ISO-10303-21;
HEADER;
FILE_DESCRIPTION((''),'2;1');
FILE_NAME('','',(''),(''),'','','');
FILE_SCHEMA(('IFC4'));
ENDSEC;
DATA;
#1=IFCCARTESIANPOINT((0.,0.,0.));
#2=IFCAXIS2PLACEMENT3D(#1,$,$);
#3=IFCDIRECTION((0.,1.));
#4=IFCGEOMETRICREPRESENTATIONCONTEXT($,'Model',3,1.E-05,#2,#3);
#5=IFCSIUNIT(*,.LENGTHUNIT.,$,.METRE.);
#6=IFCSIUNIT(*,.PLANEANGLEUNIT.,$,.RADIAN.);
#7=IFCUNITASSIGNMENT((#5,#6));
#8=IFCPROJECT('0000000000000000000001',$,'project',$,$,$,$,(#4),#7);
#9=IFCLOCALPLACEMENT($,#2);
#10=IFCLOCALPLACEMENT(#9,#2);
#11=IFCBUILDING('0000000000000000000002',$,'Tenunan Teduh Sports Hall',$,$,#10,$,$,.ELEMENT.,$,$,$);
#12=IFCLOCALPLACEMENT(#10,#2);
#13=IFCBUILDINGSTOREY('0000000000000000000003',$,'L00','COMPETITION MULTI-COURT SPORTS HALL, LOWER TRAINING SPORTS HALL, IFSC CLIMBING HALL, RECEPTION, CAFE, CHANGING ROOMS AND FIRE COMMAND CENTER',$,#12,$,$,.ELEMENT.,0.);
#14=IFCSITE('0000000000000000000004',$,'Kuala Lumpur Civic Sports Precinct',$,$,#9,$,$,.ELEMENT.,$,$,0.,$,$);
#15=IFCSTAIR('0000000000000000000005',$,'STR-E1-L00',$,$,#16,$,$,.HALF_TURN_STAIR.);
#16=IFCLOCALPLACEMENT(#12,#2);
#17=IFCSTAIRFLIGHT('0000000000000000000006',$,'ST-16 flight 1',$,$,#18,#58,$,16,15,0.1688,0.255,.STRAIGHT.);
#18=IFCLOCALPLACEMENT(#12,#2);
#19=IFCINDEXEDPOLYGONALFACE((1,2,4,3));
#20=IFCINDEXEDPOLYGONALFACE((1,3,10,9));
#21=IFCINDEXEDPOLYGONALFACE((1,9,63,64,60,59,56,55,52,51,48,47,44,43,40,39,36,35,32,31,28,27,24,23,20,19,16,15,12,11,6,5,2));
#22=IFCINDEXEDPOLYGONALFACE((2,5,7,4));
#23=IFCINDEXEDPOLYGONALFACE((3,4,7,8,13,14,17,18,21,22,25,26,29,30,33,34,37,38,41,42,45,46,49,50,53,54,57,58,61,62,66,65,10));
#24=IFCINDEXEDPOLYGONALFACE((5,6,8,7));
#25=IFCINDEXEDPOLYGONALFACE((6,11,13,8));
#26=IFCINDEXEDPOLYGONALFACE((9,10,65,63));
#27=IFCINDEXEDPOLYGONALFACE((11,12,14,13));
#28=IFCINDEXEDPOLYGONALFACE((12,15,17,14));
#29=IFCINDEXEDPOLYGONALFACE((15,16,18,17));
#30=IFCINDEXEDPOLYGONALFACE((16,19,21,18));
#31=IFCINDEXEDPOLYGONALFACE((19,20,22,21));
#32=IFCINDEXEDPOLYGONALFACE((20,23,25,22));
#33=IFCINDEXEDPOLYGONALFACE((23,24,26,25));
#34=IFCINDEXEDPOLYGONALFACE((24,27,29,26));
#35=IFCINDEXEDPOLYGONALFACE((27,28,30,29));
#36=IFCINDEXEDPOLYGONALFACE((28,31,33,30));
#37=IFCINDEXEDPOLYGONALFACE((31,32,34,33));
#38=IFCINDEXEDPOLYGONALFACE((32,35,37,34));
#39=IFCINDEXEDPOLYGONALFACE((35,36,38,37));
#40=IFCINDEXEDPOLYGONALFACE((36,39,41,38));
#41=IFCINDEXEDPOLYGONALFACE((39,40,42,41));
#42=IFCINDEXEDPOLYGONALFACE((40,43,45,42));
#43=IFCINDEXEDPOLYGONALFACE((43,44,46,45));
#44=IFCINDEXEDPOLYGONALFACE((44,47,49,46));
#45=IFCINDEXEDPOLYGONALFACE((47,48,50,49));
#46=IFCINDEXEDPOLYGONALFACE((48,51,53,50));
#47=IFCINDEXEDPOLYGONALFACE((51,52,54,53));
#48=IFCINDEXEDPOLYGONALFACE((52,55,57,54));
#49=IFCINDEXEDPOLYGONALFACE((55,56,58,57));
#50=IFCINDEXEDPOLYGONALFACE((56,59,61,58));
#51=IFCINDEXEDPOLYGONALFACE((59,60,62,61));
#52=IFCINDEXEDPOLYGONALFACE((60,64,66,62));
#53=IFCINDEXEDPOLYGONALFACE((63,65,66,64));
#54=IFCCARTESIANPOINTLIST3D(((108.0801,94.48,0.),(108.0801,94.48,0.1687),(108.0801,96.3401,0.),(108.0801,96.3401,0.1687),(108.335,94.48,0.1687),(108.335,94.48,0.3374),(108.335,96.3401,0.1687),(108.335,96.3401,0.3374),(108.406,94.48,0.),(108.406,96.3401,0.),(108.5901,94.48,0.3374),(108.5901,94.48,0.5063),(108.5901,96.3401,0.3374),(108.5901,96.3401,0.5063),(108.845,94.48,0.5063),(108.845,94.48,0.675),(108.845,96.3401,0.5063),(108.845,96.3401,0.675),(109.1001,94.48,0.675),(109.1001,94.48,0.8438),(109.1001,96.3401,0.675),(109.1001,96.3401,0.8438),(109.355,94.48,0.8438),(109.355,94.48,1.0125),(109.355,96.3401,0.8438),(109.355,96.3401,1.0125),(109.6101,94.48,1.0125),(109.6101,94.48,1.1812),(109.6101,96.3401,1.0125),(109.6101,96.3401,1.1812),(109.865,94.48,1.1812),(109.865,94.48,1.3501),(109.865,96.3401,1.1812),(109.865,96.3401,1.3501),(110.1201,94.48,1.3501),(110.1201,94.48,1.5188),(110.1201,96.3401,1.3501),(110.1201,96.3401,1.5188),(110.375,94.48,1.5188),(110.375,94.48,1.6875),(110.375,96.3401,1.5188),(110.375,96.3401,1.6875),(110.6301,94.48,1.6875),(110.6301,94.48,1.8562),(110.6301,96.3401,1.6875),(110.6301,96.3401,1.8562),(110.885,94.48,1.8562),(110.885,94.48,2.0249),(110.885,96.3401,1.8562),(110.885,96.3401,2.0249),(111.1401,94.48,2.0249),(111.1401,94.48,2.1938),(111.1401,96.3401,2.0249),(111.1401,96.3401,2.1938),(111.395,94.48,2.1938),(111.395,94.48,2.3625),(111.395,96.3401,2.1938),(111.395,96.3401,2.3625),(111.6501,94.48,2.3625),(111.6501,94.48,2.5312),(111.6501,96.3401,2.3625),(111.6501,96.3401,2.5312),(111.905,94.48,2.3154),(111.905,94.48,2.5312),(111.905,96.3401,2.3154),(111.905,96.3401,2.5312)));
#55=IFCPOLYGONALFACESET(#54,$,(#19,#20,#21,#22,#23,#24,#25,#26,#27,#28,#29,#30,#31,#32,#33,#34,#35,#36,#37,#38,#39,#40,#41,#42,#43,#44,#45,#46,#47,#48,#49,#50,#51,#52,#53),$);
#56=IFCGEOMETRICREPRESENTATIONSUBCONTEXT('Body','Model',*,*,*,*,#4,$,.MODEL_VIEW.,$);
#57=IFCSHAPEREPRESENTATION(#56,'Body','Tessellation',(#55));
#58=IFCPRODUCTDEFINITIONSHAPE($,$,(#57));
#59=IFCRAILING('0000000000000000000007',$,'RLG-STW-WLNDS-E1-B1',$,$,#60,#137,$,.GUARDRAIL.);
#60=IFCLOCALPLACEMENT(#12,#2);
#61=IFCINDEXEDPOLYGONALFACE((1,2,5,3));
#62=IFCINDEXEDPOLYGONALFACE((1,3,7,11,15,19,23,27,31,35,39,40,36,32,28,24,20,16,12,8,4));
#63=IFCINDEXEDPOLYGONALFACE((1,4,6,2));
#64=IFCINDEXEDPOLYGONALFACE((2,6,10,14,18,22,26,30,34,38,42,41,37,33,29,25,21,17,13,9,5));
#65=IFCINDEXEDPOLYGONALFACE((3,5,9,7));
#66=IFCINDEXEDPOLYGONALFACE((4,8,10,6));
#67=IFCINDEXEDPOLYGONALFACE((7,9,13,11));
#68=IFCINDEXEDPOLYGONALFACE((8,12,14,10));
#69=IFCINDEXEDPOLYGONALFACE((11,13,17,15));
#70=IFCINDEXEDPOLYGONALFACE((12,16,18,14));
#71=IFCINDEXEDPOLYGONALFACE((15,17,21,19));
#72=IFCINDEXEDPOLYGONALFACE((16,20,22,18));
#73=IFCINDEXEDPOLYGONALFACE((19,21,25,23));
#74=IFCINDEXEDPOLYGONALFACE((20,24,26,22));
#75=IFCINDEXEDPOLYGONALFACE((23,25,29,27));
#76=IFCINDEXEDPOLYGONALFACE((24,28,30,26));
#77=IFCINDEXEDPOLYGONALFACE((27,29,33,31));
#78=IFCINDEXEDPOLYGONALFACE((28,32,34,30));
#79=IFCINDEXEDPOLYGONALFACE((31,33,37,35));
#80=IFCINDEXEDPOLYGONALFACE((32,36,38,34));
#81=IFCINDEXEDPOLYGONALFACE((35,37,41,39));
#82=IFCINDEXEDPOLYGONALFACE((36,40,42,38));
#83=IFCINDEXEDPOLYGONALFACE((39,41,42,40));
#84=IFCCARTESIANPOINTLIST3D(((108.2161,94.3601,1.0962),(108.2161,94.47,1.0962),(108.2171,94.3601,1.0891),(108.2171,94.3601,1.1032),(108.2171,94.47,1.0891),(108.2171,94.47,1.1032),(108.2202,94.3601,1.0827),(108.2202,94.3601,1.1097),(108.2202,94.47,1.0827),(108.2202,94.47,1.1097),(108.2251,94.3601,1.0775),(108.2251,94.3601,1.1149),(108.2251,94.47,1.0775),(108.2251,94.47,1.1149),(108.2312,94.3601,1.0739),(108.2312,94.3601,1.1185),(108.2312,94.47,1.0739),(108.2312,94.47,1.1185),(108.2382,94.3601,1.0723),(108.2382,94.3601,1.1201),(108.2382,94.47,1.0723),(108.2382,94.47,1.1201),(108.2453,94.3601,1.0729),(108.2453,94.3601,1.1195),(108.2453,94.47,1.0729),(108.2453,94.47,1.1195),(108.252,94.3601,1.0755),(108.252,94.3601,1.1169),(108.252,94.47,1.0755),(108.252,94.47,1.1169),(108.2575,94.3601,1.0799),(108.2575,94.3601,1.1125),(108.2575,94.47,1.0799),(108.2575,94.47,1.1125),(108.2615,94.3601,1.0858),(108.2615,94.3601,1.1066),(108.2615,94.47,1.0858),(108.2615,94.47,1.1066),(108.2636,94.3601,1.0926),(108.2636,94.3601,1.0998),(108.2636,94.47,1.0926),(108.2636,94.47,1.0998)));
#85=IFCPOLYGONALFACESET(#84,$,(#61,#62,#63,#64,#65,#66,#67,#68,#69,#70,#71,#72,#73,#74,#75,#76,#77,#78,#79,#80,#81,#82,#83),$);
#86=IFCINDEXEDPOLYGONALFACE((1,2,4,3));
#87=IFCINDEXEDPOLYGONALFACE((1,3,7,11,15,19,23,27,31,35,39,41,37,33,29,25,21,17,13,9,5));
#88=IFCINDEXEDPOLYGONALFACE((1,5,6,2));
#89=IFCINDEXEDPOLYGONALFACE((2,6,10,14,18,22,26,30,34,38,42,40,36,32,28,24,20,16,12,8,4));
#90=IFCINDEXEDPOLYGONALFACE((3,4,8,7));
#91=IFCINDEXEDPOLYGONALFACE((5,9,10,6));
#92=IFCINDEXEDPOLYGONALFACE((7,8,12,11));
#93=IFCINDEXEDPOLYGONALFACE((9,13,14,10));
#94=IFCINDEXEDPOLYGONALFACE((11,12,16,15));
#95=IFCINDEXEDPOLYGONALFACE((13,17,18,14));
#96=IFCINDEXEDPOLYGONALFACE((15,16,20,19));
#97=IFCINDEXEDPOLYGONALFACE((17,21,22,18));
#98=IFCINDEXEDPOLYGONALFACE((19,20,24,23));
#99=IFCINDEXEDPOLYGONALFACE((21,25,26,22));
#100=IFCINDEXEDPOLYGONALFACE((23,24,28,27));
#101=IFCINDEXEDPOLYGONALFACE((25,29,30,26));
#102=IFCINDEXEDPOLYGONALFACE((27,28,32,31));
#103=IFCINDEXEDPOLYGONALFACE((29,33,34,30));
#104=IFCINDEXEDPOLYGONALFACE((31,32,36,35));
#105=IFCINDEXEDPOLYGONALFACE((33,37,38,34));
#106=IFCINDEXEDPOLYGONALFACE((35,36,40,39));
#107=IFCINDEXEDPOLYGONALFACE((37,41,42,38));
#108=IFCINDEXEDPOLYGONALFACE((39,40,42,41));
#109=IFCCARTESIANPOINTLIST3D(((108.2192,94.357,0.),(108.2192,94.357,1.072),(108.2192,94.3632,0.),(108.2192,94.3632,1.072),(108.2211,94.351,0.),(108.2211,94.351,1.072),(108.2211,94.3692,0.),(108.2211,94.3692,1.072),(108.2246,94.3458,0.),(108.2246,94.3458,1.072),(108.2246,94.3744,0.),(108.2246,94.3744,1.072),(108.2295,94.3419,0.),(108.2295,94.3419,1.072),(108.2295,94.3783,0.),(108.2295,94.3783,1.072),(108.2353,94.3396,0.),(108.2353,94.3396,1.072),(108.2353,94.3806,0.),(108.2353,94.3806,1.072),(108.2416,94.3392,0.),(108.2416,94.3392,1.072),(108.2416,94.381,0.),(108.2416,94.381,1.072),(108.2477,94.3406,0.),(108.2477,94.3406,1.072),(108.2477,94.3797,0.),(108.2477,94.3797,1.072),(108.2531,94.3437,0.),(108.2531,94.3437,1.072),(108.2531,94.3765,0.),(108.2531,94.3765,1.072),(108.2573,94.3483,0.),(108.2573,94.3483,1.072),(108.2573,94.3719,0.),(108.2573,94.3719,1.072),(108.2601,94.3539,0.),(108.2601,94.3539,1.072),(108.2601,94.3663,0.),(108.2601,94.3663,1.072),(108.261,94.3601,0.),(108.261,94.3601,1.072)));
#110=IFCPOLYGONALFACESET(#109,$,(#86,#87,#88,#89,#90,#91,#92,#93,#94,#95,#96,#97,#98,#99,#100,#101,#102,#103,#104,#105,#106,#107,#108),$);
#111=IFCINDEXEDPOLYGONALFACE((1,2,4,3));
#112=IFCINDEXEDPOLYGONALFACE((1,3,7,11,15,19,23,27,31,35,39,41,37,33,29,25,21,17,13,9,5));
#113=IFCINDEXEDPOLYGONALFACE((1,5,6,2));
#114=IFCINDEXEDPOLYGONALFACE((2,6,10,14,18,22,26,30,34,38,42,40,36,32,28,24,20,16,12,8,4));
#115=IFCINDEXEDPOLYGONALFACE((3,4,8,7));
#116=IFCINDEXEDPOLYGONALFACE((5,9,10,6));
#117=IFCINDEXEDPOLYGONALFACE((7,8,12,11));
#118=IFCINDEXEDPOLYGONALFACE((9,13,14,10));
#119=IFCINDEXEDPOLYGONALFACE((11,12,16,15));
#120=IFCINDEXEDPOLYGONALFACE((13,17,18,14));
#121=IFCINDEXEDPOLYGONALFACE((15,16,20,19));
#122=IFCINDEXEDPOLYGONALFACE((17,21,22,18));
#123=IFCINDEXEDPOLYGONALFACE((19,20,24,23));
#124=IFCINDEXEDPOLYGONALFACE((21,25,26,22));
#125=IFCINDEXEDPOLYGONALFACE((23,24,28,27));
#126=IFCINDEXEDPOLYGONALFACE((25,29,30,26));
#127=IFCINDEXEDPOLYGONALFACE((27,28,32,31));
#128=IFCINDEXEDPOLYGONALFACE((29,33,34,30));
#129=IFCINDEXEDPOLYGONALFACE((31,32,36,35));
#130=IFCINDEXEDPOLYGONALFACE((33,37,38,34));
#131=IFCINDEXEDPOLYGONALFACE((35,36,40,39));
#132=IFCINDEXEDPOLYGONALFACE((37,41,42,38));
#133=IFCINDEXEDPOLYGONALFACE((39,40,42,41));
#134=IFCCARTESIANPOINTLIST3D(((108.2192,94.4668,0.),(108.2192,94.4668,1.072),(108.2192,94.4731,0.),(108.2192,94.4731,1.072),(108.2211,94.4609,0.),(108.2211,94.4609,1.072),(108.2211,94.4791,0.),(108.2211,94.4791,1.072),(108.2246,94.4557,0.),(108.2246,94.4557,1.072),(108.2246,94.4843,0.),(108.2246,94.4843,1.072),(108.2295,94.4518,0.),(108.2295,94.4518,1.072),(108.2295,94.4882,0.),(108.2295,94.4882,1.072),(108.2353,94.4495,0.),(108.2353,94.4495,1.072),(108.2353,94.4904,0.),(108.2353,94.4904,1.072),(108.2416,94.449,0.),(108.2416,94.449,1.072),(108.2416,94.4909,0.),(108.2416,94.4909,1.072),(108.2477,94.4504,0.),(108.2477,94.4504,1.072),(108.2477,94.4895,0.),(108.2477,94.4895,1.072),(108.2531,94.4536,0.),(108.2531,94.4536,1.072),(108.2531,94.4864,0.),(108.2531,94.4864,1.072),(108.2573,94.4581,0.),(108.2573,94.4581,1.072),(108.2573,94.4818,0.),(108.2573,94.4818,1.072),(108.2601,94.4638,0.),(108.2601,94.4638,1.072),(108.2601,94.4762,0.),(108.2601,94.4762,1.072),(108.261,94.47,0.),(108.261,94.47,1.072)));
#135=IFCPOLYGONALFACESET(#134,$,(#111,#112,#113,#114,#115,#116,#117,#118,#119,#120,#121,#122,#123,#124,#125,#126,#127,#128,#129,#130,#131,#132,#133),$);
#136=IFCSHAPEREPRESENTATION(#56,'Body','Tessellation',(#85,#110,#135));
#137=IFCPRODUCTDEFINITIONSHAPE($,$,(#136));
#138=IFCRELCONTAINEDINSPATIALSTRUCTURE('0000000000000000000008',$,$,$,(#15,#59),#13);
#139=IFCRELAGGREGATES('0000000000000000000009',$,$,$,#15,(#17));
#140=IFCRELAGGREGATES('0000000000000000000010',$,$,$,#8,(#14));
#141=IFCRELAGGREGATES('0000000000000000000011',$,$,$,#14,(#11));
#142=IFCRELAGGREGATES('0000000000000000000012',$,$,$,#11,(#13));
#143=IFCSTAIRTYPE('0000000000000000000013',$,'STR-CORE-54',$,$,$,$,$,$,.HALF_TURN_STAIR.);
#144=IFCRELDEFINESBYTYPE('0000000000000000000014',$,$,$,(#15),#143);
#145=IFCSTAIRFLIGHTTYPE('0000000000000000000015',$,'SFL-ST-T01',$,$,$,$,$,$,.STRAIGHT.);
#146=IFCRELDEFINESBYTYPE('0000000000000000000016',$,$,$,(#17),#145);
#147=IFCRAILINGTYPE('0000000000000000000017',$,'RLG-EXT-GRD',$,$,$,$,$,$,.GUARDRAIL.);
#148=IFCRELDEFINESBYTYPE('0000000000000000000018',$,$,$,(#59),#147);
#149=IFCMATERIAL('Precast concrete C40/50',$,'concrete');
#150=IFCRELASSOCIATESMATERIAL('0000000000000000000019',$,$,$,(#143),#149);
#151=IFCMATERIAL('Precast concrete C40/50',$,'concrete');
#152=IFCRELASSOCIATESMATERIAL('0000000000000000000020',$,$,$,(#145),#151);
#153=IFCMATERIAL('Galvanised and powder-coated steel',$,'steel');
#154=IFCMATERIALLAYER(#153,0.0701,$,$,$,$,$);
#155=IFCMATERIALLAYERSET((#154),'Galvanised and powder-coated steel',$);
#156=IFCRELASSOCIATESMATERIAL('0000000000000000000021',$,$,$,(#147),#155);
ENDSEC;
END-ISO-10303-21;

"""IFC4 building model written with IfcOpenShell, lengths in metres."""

from ifc_helpers import new_model, si_unit, direction, frame, origin, origin_2d, place, context, subcontext, project, spatial, polyline, circle, outline, extrude, material, layer, layer_set, type_object, element, aggregate, save


model = new_model("IFC4")

# Units and contexts
model_context = context("Model", 3, precision=1e-05, world=origin(), true_north=direction((0.0, 1.0)))
body_context = subcontext(model_context, "Body", "Model", "MODEL_VIEW")
ifc_project = project(units=[si_unit("LENGTHUNIT", "METRE"), si_unit("PLANEANGLEUNIT", "RADIAN")], contexts=[model_context])

# Site, building, storey
site_placement = place(None, origin())
site = spatial("IfcSite", under=ifc_project, at=site_placement, Name="Kuala Lumpur Civic Sports Precinct", CompositionType="ELEMENT", RefElevation=0.0)
building_placement = place(site_placement, origin())
building = spatial("IfcBuilding", under=site, at=building_placement, Name="Tenunan Teduh Sports Hall", CompositionType="ELEMENT")
storey_placement = place(building_placement, origin())
storey = spatial("IfcBuildingStorey", under=building, at=storey_placement, Name="L00", Description="COMPETITION MULTI-COURT SPORTS HALL, LOWER TRAINING SPORTS HALL, IFSC CLIMBING HALL, RECEPTION, CAFE, CHANGING ROOMS AND FIRE COMMAND CENTER", CompositionType="ELEMENT", Elevation=0.0)

# Stair, stair flight
ifc_material_1 = material(Name="Precast concrete C40/50", Category="concrete")
stair_type = type_object("IfcStairType", Name="STR-CORE-54", PredefinedType="HALF_TURN_STAIR", material=ifc_material_1)
stair_placement = place(storey_placement, origin())
stair = element("IfcStair", 1, at=stair_placement, inside=storey, type_object=stair_type, Name="STR-E1-L00", PredefinedType="HALF_TURN_STAIR")
ifc_material_2 = material(Name="Precast concrete C40/50", Category="concrete")
stair_flight_type = type_object("IfcStairFlightType", Name="SFL-ST-T01", PredefinedType="STRAIGHT", material=ifc_material_2)
stair_flight_placement = place(storey_placement, frame((108.0801, 95.4099, 0.0), z_axis=(0.0, 0.0, 1.0), x_axis=(1.0, 0.0, 0.0)))
stair_flight = element("IfcStairFlight", 2, at=stair_flight_placement, type_object=stair_flight_type, Name="ST-16 flight 1", NumberOfRisers=16, NumberOfTreads=15, PredefinedType="STRAIGHT", RiserHeight=0.1688, TreadLength=0.255, context=body_context, shape_type="SweptSolid", body=[
    extrude(outline(polyline([(0.0, 0.0), (0.0, 0.1687), (0.2549, 0.1687), (0.2549, 0.3374), (0.51, 0.3374), (0.51, 0.5063), (0.7649, 0.5063), (0.7649, 0.675), (1.02, 0.675), (1.02, 0.8438), (1.2749, 0.8438), (1.2749, 1.0125), (1.53, 1.0125), (1.53, 1.1812), (1.7849, 1.1812), (1.7849, 1.3501), (2.04, 1.3501), (2.04, 1.5188), (2.2949, 1.5188), (2.2949, 1.6875), (2.55, 1.6875), (2.55, 1.8562), (2.8049, 1.8562), (2.8049, 2.0249), (3.0601, 2.0249), (3.0601, 2.1938), (3.3149, 2.1938), (3.3149, 2.3625), (3.5701, 2.3625), (3.5701, 2.5312), (3.825, 2.5312), (3.825, 2.7), (3.825, 2.3154), (0.3259, 0.0), (0.0, 0.0)])), frame((0.0, 0.9302, 0.0), z_axis=(0.0, -1.0, 0.0), x_axis=(1.0, 0.0, 0.0)), (0.0, 0.0, 1.0), 1.8601),
])
aggregate(stair, [stair_flight])

# Railing
ifc_material_3 = material(Name="Galvanised and powder-coated steel", Category="steel")
ifc_layer_1 = layer(ifc_material_3, 0.0701)
ifc_layer_set_1 = layer_set([ifc_layer_1], Name="Galvanised and powder-coated steel")
railing_type = type_object("IfcRailingType", Name="RLG-EXT-GRD", PredefinedType="GUARDRAIL", material=ifc_layer_set_1)
railing_1_placement = place(storey_placement, frame((108.24, 94.3601, 0.0)))
element("IfcRailing", 3, at=railing_1_placement, inside=storey, type_object=railing_type, Name="RLG-STW-WLNDS-E1-B1", PredefinedType="GUARDRAIL", context=body_context, shape_type="SweptSolid", body=[
    extrude(circle(Radius=0.0239, at=origin_2d()), frame((0.0, 0.0, 1.0962), z_axis=(0.0, 1.0, 0.0), x_axis=(-1.0, 0.0, 0.0)), (0.0, 0.0, 1.0), 0.1099),
    extrude(circle(Radius=0.021, at=origin_2d()), origin(), (0.0, 0.0, 1.0), 1.072),
    extrude(circle(Radius=0.021, at=origin_2d()), frame((0.0, 0.1099, 0.0)), (0.0, 0.0, 1.0), 1.072),
])

save(model, "model.ifc")
